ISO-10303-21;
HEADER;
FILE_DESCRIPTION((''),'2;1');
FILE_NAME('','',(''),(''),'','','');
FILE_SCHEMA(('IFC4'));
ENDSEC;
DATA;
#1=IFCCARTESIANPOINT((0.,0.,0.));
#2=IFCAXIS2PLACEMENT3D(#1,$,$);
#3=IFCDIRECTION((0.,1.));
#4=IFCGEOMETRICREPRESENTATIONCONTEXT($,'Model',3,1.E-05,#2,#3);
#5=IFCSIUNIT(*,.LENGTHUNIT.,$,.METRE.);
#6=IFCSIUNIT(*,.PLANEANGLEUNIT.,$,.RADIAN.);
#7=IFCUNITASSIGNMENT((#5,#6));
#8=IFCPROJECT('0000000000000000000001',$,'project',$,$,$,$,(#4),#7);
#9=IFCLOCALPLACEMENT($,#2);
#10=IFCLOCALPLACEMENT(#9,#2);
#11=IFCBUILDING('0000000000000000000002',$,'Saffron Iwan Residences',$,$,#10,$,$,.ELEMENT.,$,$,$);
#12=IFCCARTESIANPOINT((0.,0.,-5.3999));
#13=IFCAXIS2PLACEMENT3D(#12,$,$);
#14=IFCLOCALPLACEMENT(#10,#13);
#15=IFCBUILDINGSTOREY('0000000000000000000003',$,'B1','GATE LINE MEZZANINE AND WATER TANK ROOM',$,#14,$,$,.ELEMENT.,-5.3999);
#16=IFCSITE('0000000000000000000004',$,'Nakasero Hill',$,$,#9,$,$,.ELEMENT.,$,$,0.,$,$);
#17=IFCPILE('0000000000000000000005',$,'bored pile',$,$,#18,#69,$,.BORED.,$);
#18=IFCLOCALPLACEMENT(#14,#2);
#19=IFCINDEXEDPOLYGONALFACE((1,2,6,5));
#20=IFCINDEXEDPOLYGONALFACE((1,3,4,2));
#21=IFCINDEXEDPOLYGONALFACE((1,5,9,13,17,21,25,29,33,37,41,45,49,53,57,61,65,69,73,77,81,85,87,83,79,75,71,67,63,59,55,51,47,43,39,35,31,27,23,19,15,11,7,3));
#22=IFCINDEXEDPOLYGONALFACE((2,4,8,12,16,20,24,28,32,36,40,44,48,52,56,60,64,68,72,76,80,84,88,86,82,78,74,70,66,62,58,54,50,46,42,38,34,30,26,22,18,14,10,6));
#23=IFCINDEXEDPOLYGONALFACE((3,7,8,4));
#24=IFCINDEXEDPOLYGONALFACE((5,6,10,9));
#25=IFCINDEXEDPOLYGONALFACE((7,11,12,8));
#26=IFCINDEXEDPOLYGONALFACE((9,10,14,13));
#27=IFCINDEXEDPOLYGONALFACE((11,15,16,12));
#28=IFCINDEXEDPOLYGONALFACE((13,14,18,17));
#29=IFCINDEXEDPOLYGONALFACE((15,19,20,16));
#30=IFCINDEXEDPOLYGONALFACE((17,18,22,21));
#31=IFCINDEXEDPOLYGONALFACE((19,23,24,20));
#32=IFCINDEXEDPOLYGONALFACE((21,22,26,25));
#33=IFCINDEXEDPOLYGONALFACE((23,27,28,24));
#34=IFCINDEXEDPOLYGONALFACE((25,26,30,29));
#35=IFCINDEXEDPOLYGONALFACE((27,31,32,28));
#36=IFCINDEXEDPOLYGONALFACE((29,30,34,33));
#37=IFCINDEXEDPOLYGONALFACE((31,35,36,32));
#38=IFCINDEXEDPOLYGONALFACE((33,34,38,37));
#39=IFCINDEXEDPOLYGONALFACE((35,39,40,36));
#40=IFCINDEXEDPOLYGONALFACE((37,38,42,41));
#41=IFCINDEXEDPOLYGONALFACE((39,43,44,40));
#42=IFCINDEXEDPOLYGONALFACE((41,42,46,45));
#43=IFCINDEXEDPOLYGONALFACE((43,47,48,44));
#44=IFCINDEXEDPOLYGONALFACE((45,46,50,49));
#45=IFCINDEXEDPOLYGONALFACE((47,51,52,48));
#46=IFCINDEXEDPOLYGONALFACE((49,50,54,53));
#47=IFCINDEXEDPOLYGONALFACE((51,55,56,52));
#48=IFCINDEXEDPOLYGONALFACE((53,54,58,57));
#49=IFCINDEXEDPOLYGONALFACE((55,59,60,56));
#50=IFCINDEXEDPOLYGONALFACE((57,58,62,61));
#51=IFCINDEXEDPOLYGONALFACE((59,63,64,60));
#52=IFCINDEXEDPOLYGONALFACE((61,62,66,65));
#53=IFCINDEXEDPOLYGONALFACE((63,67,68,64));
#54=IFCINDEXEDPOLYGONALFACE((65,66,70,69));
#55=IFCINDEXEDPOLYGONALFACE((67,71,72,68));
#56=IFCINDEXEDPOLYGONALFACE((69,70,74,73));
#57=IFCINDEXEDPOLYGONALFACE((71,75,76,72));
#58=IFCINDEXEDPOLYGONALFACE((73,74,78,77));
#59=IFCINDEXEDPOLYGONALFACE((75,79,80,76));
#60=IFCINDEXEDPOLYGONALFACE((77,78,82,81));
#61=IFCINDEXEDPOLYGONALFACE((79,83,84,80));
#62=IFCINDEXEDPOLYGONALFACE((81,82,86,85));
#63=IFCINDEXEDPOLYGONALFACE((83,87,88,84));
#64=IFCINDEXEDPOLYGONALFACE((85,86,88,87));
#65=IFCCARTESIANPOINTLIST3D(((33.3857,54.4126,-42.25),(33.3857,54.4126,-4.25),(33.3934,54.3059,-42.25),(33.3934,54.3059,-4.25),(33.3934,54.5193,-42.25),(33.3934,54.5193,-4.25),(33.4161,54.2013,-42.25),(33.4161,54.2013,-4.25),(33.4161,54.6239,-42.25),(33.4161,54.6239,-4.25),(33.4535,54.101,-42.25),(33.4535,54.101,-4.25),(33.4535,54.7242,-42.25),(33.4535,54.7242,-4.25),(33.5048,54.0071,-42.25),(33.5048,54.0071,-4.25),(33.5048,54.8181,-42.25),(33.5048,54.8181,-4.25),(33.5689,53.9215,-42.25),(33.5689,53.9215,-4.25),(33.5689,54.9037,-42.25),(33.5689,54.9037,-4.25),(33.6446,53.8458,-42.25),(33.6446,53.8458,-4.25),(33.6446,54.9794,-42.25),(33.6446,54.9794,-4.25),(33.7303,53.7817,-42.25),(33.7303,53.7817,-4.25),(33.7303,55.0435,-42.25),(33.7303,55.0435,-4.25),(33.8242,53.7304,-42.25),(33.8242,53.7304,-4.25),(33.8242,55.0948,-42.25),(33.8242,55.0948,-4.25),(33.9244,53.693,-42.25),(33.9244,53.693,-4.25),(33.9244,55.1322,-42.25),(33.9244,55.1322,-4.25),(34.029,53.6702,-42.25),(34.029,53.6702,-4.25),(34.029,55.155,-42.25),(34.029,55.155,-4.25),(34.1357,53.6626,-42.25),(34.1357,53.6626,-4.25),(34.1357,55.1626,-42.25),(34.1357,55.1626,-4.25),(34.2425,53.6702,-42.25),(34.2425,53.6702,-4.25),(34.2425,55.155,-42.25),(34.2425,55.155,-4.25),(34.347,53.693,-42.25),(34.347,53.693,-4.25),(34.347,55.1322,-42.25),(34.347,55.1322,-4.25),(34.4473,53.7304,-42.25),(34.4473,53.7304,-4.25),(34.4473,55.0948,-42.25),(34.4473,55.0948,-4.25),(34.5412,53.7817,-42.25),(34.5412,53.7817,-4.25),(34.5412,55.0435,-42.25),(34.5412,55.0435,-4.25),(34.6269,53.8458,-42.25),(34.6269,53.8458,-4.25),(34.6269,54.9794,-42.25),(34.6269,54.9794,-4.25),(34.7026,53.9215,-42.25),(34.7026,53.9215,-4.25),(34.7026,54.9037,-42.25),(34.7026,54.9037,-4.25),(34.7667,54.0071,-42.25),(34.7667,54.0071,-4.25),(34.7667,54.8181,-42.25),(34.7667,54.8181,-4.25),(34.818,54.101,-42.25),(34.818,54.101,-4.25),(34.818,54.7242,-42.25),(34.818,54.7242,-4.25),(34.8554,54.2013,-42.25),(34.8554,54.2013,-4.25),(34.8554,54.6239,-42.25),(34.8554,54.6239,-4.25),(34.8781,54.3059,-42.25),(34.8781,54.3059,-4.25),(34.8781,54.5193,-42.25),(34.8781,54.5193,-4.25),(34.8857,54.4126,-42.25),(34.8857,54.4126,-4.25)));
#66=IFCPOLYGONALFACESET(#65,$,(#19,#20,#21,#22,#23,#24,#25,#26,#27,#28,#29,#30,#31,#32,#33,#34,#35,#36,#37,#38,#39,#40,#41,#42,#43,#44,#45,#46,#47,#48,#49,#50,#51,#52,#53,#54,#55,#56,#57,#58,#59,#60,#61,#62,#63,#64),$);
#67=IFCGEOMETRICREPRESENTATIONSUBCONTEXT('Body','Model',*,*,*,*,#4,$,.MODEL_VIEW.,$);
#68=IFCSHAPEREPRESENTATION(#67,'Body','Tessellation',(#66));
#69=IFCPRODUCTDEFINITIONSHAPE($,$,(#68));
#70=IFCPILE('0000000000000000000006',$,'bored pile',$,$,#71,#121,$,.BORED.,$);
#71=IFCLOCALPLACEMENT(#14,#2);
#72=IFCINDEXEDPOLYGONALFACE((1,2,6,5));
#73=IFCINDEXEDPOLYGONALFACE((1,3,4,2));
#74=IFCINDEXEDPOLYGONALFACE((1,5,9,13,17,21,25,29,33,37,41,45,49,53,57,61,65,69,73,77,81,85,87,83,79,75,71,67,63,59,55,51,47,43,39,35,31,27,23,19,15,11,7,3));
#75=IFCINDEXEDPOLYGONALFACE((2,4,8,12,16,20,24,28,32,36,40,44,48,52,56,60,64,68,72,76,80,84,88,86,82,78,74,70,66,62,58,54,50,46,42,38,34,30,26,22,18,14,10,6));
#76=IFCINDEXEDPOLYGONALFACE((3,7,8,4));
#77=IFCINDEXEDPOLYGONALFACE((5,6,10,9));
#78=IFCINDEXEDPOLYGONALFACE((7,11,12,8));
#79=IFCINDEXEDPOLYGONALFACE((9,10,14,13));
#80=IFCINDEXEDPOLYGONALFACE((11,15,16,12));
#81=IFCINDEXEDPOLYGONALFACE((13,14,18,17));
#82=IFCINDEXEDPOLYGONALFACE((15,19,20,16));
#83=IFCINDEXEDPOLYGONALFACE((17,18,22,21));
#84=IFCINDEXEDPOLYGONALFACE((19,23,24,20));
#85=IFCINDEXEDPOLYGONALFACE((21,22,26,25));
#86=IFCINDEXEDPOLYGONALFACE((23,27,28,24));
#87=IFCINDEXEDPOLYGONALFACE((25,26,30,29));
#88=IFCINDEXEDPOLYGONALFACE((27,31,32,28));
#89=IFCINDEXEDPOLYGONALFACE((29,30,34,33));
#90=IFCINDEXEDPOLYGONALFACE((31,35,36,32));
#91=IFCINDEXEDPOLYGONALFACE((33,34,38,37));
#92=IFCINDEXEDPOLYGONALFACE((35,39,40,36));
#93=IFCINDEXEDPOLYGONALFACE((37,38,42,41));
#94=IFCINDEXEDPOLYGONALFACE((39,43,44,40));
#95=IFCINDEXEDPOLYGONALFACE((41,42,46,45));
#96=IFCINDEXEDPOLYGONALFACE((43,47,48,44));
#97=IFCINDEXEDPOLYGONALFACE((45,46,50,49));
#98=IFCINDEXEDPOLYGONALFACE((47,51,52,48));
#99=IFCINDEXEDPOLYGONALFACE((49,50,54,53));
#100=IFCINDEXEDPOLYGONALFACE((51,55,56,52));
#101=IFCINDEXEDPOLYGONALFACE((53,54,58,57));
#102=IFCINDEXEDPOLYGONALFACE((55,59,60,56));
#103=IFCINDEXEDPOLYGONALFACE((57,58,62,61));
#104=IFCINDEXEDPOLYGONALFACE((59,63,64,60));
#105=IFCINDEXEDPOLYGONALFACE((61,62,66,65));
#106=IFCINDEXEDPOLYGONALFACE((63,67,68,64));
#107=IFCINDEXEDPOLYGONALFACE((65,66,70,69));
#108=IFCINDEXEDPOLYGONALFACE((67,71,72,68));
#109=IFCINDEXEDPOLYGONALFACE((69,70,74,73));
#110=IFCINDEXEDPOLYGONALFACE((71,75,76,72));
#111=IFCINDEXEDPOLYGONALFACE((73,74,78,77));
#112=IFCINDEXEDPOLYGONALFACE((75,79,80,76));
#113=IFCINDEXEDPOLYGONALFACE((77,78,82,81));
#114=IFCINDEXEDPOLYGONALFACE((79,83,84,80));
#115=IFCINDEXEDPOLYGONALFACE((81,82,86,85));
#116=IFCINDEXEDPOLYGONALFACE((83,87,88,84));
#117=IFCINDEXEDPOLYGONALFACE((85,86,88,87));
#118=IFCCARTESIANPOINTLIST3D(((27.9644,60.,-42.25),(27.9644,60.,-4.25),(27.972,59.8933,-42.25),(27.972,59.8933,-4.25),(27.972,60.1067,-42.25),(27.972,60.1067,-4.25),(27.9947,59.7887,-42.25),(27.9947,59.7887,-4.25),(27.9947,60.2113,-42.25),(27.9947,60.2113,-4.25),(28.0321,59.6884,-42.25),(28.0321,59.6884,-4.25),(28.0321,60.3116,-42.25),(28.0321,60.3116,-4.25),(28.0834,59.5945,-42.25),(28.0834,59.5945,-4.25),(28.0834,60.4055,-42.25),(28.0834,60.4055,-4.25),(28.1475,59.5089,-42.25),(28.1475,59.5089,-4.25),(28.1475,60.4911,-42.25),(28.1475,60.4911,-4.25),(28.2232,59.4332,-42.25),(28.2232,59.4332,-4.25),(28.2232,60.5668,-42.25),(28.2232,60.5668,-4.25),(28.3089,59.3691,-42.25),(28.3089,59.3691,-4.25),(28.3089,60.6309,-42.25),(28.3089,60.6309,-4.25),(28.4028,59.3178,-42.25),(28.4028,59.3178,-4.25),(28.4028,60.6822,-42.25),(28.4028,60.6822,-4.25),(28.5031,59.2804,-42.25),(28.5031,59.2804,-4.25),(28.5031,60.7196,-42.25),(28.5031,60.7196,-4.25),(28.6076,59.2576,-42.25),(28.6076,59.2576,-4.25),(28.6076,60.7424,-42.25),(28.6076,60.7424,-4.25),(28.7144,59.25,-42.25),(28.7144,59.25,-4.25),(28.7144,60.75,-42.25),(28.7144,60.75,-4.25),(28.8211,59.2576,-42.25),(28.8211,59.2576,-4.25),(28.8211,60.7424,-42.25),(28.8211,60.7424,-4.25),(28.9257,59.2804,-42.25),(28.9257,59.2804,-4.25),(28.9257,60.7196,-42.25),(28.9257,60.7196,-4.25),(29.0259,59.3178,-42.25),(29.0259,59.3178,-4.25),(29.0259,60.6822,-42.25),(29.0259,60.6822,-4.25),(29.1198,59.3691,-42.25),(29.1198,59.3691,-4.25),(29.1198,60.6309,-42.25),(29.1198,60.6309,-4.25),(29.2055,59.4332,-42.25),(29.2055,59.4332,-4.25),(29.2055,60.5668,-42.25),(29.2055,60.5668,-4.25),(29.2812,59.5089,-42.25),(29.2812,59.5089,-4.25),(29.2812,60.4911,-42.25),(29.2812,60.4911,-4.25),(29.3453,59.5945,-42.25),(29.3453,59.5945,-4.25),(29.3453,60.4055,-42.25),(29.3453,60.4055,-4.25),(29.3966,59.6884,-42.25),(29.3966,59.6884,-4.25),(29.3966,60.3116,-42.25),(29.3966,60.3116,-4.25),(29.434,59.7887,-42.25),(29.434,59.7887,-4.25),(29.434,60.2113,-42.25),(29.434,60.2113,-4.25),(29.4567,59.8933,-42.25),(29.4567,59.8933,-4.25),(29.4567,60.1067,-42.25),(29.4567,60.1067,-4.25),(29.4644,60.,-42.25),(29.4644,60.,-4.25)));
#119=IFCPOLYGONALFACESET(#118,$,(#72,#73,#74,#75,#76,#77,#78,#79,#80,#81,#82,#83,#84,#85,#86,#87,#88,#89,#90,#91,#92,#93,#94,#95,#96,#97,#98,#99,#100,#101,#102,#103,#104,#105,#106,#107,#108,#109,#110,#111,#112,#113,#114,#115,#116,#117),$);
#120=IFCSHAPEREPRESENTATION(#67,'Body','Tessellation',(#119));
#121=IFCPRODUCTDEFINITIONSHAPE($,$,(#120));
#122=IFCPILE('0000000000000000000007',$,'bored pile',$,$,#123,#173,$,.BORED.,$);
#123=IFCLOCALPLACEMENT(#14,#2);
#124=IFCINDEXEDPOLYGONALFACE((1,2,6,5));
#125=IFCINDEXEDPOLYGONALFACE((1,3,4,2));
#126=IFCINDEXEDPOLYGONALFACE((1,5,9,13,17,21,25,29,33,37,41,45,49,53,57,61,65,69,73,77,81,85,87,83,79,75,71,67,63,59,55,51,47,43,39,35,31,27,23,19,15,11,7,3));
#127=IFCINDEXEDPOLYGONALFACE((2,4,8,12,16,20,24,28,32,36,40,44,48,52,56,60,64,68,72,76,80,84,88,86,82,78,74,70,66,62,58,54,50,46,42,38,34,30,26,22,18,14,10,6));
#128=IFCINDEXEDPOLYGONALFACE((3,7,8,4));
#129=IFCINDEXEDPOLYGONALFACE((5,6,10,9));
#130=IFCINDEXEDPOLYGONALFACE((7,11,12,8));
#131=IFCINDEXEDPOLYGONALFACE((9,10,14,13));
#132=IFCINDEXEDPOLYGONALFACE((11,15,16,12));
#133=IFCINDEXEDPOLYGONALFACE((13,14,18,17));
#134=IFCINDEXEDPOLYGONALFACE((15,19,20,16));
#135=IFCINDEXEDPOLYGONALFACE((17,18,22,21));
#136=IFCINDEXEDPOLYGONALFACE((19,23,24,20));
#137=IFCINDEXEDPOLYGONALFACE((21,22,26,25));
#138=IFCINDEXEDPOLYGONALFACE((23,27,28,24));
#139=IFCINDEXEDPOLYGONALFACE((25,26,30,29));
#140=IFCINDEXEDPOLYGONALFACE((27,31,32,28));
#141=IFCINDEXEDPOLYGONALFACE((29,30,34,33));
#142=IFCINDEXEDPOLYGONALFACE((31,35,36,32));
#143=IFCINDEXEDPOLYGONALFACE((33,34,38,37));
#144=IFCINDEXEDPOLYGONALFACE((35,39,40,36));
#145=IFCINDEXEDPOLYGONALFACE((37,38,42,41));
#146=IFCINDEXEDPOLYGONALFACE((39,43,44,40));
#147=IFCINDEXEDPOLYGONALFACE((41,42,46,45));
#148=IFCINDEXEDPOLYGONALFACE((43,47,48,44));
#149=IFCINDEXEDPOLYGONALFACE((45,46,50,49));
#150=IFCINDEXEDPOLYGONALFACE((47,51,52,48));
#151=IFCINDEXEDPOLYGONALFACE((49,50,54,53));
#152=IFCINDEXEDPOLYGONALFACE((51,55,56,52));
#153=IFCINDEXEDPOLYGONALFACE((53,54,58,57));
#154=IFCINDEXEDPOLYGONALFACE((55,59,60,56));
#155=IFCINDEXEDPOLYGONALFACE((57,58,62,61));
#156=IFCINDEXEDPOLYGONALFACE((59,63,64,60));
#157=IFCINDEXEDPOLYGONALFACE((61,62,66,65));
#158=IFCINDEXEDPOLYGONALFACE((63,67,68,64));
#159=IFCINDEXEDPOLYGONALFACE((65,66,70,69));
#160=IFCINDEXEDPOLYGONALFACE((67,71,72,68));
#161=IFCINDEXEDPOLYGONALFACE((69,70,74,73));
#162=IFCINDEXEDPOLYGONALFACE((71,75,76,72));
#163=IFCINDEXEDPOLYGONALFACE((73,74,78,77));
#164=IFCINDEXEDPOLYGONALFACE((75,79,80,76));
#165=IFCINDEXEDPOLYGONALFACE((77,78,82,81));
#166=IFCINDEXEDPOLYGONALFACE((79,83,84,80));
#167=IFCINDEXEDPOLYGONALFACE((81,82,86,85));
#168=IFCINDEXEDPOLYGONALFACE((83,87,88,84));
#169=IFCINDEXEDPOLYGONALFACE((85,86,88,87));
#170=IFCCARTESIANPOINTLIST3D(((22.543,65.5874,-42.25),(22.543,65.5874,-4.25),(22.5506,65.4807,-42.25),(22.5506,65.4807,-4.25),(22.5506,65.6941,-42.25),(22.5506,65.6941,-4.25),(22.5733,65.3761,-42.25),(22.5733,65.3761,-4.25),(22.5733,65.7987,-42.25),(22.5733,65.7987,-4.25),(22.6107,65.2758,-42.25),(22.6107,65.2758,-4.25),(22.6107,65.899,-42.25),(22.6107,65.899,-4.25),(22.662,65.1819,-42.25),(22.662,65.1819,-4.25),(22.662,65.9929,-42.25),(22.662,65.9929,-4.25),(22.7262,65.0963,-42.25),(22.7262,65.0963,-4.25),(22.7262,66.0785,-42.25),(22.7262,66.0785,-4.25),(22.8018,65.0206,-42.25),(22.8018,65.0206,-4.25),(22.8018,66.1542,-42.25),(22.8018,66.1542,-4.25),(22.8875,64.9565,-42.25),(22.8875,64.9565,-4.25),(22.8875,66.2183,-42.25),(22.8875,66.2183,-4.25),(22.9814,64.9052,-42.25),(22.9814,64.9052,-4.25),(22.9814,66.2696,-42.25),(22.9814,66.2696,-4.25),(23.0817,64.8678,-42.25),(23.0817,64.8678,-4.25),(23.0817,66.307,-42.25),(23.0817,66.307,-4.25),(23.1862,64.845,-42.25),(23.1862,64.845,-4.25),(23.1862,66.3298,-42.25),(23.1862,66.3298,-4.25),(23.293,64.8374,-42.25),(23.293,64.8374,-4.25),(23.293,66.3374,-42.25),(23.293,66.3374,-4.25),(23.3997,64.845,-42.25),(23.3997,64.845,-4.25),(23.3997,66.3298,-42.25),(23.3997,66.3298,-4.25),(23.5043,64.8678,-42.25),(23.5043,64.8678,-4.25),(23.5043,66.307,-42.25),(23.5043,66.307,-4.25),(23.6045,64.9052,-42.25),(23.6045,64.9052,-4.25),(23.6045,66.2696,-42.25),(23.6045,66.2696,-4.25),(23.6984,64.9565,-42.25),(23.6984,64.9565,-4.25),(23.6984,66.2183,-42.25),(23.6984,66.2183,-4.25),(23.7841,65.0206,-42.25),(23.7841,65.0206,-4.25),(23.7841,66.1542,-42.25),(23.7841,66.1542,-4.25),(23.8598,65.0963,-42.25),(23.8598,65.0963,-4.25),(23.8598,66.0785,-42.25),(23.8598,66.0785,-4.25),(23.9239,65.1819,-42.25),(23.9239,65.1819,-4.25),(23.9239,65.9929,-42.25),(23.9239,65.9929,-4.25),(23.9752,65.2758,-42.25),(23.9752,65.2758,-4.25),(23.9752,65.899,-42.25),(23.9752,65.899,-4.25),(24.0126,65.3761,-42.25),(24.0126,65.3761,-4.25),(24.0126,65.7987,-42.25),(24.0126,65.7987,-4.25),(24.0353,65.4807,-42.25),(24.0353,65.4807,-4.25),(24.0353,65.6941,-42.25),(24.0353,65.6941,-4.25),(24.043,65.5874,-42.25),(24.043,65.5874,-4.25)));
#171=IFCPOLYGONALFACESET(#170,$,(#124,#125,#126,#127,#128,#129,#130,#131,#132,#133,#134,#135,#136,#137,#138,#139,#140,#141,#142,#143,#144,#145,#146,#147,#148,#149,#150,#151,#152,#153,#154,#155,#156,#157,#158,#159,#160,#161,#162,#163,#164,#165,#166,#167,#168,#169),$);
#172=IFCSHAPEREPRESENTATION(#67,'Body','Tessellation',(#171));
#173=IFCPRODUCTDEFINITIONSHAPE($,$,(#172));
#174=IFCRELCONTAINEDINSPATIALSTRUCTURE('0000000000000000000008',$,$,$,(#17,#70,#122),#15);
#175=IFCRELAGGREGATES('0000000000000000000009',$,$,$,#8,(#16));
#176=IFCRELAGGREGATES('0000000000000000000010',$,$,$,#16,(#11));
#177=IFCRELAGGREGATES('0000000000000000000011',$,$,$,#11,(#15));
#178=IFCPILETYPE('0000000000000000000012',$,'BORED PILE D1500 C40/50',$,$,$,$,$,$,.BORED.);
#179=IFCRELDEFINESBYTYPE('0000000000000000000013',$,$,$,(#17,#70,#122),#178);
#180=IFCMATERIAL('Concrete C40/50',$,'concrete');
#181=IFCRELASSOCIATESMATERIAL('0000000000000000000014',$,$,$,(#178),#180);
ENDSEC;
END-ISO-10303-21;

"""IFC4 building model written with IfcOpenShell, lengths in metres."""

from ifc_helpers import new_model, si_unit, direction, frame, origin, origin_2d, place, context, subcontext, project, spatial, circle, extrude, material, material_profile, profile_set, type_object, element, save


model = new_model("IFC4")

# Units and contexts
model_context = context("Model", 3, precision=1e-05, world=origin(), true_north=direction((0.0, 1.0)))
body_context = subcontext(model_context, "Body", "Model", "MODEL_VIEW")
ifc_project = project(units=[si_unit("LENGTHUNIT", "METRE"), si_unit("PLANEANGLEUNIT", "RADIAN")], contexts=[model_context])

# Site, building, storey
site_placement = place(None, origin())
site = spatial("IfcSite", under=ifc_project, at=site_placement, Name="Nakasero Hill", CompositionType="ELEMENT", RefElevation=0.0)
building_placement = place(site_placement, origin())
building = spatial("IfcBuilding", under=site, at=building_placement, Name="Saffron Iwan Residences", CompositionType="ELEMENT")
storey_placement = place(building_placement, frame((0.0, 0.0, -5.3999)))
storey = spatial("IfcBuildingStorey", under=building, at=storey_placement, Name="B1", Description="GATE LINE MEZZANINE AND WATER TANK ROOM", CompositionType="ELEMENT", Elevation=-5.3999)

# Piles
ifc_material_1 = material(Name="Concrete C40/50", Category="concrete")
ifc_material_profile = material_profile(ifc_material_1, circle(Radius=0.75, at=origin_2d()), Name="RC D1500")
ifc_profile_set = profile_set([ifc_material_profile], Name="Concrete C40/50")
pile_type = type_object("IfcPileType", Name="BORED PILE D1500 C40/50", PredefinedType="BORED", material=ifc_profile_set)
for number, where, z_axis, x_axis, name in (
    (1, (34.1357, 54.4126, -4.25), (0.0, 0.0, -1.0), (1.0, 0.0, 0.0), "bored pile"),
    (2, (28.7144, 60.0, -4.25), (0.0, 0.0, -1.0), (1.0, 0.0, 0.0), "bored pile"),
    (3, (23.293, 65.5874, -4.25), (0.0, 0.0, -1.0), (1.0, 0.0, 0.0), "bored pile"),
):
    element("IfcPile", number, at=place(storey_placement, frame(where, z_axis=z_axis, x_axis=x_axis)), inside=storey, type_object=pile_type, Name=name, PredefinedType="BORED", context=body_context, shape_type="SweptSolid", body=[
        extrude(circle(Radius=0.75, at=origin_2d()), origin(), (0.0, 0.0, 1.0), 38.0),
    ])

save(model, "model.ifc")
